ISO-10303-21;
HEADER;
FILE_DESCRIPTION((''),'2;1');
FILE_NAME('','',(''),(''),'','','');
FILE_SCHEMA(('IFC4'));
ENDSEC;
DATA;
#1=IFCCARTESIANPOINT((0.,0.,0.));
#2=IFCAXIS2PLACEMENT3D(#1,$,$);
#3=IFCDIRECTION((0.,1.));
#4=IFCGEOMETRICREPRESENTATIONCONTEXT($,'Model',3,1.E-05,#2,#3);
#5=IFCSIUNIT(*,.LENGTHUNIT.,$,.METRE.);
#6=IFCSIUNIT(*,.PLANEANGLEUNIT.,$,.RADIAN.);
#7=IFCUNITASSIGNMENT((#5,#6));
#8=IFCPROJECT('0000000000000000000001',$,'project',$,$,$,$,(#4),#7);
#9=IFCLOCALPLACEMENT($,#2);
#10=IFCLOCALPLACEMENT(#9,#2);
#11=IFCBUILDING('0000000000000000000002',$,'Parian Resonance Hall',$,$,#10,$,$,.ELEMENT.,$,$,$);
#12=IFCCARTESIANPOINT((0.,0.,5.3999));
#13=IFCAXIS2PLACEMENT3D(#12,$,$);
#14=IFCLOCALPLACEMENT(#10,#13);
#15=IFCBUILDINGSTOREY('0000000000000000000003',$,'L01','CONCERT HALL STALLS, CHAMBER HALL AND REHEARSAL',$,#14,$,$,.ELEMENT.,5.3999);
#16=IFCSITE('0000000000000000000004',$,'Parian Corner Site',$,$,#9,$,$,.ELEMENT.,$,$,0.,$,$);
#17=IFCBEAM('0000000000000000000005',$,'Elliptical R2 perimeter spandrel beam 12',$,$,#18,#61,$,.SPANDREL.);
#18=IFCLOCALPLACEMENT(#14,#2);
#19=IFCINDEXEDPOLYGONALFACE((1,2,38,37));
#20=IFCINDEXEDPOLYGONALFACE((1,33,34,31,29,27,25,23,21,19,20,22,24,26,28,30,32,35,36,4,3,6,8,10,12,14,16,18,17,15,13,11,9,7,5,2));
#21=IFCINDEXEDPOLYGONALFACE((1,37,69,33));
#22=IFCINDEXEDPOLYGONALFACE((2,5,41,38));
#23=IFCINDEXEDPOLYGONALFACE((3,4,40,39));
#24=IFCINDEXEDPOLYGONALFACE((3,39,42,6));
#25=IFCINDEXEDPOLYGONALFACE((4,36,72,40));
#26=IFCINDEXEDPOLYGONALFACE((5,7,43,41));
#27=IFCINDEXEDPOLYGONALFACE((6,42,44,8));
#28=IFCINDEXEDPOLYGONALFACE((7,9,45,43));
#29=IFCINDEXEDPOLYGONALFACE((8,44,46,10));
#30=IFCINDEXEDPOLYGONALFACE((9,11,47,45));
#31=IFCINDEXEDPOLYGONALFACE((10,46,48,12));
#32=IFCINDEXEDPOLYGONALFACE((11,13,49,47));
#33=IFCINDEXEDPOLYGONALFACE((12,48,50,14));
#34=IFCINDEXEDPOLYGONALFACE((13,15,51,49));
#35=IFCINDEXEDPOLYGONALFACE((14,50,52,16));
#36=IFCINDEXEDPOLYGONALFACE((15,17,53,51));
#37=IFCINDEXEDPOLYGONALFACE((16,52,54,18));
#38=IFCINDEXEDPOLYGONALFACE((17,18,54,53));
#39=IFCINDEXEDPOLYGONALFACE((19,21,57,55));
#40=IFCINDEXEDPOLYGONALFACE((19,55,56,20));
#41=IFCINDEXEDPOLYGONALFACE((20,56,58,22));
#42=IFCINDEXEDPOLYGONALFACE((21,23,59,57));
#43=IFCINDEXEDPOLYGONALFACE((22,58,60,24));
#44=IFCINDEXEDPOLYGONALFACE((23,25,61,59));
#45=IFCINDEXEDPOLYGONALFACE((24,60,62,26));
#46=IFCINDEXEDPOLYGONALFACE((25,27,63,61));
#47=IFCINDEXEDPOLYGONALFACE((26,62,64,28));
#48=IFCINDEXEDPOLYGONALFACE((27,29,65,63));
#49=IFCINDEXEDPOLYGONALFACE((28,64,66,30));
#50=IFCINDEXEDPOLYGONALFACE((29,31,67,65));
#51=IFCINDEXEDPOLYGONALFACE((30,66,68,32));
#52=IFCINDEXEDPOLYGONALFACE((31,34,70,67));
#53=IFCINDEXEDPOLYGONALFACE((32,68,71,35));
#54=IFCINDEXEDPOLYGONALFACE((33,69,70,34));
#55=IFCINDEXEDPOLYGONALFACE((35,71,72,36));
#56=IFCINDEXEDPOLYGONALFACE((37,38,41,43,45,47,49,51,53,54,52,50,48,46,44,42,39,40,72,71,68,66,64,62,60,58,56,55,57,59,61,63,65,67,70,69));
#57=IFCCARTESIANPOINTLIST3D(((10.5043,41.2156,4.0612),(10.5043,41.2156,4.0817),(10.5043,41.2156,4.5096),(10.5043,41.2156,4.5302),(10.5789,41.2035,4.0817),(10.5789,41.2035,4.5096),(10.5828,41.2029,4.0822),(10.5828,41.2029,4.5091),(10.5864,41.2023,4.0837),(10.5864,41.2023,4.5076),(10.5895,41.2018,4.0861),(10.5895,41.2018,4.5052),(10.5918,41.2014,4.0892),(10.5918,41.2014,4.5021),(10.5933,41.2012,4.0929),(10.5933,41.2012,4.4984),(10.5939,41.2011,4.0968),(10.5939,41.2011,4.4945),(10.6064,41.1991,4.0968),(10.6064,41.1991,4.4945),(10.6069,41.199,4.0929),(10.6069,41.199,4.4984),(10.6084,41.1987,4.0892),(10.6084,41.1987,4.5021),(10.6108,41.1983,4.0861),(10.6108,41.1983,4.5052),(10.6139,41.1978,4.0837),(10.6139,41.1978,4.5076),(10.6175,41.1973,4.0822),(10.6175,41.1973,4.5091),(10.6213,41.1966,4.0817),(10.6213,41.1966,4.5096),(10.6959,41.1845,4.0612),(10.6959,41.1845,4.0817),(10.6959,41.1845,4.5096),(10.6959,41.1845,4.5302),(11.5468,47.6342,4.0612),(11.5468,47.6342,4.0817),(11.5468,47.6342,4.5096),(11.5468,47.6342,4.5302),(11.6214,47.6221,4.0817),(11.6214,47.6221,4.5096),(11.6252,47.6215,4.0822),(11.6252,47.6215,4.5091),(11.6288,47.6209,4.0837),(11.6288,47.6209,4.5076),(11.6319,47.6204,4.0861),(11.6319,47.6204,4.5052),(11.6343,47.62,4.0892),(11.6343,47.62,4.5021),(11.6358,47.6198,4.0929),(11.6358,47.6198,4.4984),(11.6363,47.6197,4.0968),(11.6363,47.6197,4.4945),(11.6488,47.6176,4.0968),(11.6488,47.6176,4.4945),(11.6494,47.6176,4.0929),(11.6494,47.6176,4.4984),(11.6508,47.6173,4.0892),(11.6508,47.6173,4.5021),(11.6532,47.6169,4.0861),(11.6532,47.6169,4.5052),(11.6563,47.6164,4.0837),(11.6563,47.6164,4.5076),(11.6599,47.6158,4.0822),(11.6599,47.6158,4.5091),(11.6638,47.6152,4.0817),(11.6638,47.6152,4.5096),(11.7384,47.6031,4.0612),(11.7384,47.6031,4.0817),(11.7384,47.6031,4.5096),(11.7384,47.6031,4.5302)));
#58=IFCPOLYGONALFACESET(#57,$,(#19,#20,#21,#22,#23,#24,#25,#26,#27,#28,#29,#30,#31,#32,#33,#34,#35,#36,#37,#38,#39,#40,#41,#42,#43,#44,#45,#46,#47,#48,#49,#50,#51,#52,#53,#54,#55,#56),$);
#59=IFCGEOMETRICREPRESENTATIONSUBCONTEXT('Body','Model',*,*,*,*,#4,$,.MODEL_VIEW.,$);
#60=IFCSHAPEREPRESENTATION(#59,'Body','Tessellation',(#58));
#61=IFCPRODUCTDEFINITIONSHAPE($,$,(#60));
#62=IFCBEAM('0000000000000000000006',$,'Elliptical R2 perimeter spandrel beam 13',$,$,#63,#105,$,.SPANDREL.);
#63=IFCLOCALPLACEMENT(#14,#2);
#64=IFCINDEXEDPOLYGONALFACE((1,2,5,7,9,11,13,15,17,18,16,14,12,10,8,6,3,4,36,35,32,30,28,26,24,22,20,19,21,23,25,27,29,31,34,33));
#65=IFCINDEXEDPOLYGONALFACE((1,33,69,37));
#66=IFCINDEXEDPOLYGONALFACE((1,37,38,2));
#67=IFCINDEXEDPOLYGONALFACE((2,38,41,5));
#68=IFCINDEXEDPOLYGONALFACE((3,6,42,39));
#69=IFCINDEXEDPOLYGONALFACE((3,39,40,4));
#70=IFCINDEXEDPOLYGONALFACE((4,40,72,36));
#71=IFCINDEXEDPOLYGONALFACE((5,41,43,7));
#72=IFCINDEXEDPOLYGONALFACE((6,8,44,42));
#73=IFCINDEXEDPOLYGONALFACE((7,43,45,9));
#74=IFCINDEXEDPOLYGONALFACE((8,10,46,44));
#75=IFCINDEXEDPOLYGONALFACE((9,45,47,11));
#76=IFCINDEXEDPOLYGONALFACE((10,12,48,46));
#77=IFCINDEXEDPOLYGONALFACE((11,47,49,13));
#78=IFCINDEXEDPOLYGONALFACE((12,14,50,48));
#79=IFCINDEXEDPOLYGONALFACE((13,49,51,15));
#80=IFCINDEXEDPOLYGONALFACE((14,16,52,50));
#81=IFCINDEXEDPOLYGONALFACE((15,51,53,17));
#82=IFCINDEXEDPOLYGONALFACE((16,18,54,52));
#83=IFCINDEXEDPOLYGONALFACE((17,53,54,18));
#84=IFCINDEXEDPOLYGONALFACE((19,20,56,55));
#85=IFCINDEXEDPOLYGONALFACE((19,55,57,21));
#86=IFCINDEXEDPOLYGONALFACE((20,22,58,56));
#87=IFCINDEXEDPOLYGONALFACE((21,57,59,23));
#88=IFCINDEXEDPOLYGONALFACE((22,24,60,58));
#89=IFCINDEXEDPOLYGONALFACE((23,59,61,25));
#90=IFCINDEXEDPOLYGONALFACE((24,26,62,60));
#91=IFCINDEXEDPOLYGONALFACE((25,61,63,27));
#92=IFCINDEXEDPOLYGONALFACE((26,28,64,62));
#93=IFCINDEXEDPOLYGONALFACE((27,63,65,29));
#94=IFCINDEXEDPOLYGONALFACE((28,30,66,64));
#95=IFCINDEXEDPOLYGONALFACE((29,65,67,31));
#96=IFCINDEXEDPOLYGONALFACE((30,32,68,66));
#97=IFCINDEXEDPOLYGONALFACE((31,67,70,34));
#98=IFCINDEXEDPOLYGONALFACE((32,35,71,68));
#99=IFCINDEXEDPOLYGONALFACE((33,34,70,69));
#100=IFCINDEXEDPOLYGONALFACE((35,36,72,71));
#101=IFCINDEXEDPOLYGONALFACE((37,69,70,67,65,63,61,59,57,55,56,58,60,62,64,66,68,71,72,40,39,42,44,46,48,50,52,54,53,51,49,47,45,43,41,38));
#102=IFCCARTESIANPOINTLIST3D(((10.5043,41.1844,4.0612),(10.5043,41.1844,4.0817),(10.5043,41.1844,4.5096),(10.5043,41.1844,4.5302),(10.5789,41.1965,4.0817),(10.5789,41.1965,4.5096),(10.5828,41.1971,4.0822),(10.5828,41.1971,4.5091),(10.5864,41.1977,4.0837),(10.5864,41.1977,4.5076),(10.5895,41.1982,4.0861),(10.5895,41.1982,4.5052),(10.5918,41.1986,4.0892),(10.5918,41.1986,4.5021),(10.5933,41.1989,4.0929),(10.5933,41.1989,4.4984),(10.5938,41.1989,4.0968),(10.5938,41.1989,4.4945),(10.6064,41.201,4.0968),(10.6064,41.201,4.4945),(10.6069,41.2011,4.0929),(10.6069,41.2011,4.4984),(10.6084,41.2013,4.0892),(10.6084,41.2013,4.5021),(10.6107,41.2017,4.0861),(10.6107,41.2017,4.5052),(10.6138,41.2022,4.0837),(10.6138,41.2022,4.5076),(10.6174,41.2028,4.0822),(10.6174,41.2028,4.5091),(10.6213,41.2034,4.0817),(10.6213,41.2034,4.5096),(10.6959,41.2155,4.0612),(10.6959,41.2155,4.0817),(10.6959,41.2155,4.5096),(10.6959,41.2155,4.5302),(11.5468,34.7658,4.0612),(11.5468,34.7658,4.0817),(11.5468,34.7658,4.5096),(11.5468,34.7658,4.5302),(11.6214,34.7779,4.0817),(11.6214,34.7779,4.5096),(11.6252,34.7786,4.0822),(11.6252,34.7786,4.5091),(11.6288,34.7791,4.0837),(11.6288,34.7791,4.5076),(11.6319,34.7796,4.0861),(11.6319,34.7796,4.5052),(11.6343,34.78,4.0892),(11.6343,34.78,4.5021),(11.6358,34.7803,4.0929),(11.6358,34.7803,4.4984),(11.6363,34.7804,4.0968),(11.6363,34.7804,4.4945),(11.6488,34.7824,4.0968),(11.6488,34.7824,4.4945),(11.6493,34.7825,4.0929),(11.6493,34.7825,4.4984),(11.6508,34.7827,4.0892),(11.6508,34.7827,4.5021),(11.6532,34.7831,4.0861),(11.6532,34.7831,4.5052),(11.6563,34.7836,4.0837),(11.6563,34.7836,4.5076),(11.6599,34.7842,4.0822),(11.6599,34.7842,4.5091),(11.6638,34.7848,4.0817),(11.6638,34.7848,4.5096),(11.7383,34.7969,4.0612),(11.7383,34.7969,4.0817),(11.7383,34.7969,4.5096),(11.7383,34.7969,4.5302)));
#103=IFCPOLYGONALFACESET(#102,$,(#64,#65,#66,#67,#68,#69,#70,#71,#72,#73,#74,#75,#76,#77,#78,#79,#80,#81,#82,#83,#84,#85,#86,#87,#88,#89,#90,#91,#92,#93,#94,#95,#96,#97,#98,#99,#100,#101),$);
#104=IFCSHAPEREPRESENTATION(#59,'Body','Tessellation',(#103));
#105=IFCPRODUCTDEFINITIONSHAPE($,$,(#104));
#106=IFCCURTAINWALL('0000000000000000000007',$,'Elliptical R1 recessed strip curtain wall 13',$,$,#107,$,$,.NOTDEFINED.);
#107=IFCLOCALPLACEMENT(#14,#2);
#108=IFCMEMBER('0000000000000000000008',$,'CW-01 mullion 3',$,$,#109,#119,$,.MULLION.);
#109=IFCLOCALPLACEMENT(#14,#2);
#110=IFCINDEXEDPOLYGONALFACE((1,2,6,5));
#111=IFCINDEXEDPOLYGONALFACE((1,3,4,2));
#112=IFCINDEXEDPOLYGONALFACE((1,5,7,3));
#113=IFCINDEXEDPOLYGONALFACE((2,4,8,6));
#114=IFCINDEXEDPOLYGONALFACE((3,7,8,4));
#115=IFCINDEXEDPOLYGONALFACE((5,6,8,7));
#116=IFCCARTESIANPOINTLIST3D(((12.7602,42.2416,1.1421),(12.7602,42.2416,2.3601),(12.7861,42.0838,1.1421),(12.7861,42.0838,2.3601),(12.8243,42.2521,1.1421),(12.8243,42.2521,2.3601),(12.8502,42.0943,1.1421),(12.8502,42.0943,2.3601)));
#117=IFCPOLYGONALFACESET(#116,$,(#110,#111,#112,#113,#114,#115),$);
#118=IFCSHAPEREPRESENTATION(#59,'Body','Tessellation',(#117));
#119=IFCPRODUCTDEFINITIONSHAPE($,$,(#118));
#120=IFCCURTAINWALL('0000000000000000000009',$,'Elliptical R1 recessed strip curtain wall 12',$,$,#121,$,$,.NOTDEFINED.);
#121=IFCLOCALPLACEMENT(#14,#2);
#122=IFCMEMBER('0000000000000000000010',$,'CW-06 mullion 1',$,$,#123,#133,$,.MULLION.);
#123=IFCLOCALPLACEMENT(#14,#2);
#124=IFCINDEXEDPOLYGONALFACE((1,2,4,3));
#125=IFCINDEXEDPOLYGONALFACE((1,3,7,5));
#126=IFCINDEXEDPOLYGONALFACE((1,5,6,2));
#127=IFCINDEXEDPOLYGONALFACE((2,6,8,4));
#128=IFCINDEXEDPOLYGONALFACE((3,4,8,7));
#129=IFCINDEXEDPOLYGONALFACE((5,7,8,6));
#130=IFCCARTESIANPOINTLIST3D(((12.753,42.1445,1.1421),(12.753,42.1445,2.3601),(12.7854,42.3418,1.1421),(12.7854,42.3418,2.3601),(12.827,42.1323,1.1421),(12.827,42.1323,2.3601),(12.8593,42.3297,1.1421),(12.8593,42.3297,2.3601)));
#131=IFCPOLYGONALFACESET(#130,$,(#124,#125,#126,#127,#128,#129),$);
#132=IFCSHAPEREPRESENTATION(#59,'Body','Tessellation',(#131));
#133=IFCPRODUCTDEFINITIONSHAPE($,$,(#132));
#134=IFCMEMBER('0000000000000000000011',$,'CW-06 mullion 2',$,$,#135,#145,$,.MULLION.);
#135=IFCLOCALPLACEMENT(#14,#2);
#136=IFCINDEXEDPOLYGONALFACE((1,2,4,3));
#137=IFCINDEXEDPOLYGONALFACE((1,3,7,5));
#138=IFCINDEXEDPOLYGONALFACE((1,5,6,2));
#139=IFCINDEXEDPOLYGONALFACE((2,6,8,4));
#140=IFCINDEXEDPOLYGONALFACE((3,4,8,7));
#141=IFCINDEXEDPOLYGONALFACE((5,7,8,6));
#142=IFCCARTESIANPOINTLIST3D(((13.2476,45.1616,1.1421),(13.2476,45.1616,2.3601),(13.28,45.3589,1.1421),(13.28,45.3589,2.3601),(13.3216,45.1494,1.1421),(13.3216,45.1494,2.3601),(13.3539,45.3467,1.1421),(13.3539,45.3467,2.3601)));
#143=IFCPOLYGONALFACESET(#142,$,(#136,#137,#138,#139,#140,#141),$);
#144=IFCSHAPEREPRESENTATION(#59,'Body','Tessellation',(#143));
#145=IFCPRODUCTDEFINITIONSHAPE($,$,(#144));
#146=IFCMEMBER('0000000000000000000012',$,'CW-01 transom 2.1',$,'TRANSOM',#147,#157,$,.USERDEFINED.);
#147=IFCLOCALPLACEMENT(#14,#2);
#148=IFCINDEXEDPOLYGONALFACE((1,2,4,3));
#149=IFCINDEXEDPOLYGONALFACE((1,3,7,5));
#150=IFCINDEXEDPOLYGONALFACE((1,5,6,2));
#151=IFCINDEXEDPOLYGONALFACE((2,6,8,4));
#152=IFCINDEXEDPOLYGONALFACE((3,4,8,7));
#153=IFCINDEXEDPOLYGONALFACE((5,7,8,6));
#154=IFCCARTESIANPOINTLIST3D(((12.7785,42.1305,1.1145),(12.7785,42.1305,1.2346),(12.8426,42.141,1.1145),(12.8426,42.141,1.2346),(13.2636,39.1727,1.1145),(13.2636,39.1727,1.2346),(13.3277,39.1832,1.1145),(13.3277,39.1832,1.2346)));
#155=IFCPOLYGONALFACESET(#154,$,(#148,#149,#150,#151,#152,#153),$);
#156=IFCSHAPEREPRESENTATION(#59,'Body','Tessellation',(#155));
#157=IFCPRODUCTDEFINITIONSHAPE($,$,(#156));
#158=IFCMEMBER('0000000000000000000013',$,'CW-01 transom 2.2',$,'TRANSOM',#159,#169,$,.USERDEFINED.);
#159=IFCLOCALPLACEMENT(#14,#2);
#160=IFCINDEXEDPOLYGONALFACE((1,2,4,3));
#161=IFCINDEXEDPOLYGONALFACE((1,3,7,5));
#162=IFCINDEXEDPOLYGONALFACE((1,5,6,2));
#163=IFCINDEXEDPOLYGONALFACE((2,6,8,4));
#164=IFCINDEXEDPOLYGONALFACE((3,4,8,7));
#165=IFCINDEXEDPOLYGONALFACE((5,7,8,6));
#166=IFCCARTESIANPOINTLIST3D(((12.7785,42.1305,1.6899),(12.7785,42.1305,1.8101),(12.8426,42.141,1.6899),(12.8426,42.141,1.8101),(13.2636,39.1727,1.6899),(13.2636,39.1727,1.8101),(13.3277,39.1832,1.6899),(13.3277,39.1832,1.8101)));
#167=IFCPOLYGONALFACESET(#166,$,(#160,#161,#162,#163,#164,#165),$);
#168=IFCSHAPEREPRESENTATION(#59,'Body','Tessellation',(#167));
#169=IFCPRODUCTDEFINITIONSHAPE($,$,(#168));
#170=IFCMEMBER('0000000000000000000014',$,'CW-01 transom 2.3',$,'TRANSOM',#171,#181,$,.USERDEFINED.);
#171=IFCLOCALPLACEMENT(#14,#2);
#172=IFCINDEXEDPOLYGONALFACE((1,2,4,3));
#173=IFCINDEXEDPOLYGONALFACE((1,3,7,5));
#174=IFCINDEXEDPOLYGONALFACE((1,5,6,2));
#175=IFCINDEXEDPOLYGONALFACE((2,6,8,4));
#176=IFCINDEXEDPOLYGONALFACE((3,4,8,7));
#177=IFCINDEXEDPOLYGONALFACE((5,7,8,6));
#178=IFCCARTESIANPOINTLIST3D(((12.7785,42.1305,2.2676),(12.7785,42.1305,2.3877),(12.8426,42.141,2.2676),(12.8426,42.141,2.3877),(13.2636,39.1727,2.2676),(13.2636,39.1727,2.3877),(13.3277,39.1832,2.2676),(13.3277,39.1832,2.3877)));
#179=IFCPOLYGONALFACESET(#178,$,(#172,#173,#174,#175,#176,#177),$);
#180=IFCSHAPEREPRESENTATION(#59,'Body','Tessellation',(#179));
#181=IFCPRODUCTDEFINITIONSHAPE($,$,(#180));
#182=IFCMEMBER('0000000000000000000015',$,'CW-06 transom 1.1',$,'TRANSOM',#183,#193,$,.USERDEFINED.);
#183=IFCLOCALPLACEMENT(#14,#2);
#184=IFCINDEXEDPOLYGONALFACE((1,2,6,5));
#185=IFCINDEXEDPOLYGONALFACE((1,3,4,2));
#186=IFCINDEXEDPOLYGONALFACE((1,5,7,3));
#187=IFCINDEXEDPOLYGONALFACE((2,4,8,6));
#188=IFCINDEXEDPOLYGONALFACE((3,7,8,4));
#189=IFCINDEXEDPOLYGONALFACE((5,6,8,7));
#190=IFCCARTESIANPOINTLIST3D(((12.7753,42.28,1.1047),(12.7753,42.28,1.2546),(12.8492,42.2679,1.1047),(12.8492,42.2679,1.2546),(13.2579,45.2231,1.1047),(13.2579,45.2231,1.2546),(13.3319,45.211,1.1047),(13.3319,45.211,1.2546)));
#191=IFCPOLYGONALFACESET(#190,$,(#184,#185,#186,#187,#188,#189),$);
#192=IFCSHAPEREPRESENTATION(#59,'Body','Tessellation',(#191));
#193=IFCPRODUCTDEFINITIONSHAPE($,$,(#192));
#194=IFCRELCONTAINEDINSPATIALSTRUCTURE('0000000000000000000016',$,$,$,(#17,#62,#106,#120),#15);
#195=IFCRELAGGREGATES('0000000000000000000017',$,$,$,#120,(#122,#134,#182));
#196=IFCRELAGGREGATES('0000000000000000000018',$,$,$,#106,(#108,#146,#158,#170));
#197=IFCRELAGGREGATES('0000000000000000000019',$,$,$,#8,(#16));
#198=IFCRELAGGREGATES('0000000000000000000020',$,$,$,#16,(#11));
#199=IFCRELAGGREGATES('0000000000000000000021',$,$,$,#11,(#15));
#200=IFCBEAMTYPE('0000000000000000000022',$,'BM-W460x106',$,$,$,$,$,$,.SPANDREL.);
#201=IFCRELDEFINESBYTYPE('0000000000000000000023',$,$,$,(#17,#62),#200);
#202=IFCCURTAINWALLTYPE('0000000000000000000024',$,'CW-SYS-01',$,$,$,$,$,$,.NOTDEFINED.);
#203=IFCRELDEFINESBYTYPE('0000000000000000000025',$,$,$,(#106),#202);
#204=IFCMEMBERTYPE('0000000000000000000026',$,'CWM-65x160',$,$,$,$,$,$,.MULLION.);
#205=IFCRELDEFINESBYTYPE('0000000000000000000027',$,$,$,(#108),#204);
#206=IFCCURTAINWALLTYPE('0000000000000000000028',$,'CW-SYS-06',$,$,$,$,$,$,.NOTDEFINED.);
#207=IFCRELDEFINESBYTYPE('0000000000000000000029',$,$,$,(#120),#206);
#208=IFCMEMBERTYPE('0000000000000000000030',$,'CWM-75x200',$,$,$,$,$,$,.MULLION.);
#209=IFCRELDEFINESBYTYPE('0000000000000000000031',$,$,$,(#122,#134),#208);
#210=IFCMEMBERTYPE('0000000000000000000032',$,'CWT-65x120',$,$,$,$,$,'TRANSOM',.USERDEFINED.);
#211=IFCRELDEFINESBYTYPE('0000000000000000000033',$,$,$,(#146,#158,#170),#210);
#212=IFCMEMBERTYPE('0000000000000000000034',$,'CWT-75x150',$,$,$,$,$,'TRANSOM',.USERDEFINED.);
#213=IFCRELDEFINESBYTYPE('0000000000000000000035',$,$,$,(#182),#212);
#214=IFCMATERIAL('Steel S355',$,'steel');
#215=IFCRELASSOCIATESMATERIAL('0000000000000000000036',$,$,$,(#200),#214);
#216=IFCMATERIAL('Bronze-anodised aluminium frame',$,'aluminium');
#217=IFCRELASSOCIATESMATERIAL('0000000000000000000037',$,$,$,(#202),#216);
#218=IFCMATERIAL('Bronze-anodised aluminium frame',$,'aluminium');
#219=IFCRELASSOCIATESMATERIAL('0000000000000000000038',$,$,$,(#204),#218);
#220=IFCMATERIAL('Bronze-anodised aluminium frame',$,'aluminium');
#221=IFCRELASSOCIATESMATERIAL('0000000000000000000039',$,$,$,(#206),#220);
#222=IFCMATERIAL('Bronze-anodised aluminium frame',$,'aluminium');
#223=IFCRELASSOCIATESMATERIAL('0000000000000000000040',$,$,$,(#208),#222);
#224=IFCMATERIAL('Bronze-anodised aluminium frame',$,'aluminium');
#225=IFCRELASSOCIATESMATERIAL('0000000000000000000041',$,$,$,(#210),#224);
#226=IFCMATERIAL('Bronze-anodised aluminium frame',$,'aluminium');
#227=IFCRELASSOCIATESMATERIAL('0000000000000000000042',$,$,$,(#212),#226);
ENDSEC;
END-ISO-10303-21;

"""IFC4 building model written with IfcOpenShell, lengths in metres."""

from ifc_helpers import new_model, si_unit, direction, frame, origin, origin_2d, place, context, subcontext, project, spatial, rectangle, i_section, extrude, material, material_profile, profile_set, type_object, element, aggregate, save


model = new_model("IFC4")

# Units and contexts
model_context = context("Model", 3, precision=1e-05, world=origin(), true_north=direction((0.0, 1.0)))
body_context = subcontext(model_context, "Body", "Model", "MODEL_VIEW")
ifc_project = project(units=[si_unit("LENGTHUNIT", "METRE"), si_unit("PLANEANGLEUNIT", "RADIAN")], contexts=[model_context])

# Site, building, storey
site_placement = place(None, origin())
site = spatial("IfcSite", under=ifc_project, at=site_placement, Name="Parian Corner Site", CompositionType="ELEMENT", RefElevation=0.0)
building_placement = place(site_placement, origin())
building = spatial("IfcBuilding", under=site, at=building_placement, Name="Parian Resonance Hall", CompositionType="ELEMENT")
storey_placement = place(building_placement, frame((0.0, 0.0, 5.3999)))
storey = spatial("IfcBuildingStorey", under=building, at=storey_placement, Name="L01", Description="CONCERT HALL STALLS, CHAMBER HALL AND REHEARSAL", CompositionType="ELEMENT", Elevation=5.3999)

# Beams
ifc_material_1 = material(Name="Steel S355", Category="steel")
ifc_material_profile_1 = material_profile(ifc_material_1, i_section(OverallWidth=0.1941, OverallDepth=0.469, WebThickness=0.0127, FlangeThickness=0.0205, FilletRadius=0.0151, at=origin_2d()), Name="W460x106")
ifc_profile_set_1 = profile_set([ifc_material_profile_1], Name="Steel S355")
beam_type = type_object("IfcBeamType", Name="BM-W460x106", PredefinedType="SPANDREL", material=ifc_profile_set_1)
for number, where, z_axis, x_axis, name in (
    (1, (11.6426, 47.6187, 4.2957), (-0.160312, -0.987066, 0.0), (0.987066, -0.160312, 0.0), "Elliptical R2 perimeter spandrel beam 12"),
    (2, (10.6001, 41.2, 4.2957), (0.160312, -0.987066, 0.0), (0.987066, 0.160312, 0.0), "Elliptical R2 perimeter spandrel beam 13"),
):
    element("IfcBeam", number, at=place(storey_placement, frame(where, z_axis=z_axis, x_axis=x_axis)), inside=storey, type_object=beam_type, Name=name, PredefinedType="SPANDREL", context=body_context, shape_type="SweptSolid", body=[
        extrude(i_section(OverallWidth=0.1941, OverallDepth=0.469, WebThickness=0.0127, FlangeThickness=0.0205, FilletRadius=0.0151, at=origin_2d()), origin(), (0.0, 0.0, 1.0), 6.5027),
    ])

# Curtain wall, member
ifc_material_2 = material(Name="Bronze-anodised aluminium frame", Category="aluminium")
curtain_wall_type_1 = type_object("IfcCurtainWallType", Name="CW-SYS-01", PredefinedType="NOTDEFINED", material=ifc_material_2)
curtain_wall_1_placement = place(storey_placement, origin())
curtain_wall_1 = element("IfcCurtainWall", 3, at=curtain_wall_1_placement, inside=storey, type_object=curtain_wall_type_1, Name="Elliptical R1 recessed strip curtain wall 13", PredefinedType="NOTDEFINED")
ifc_material_3 = material(Name="Bronze-anodised aluminium frame", Category="aluminium")
ifc_material_profile_2 = material_profile(ifc_material_3, rectangle(XDim=0.0649, YDim=0.1599, at=origin_2d()), Name="CWM-65x160")
ifc_profile_set_2 = profile_set([ifc_material_profile_2], Name="Bronze-anodised aluminium frame")
member_type_1 = type_object("IfcMemberType", Name="CWM-65x160", PredefinedType="MULLION", material=ifc_profile_set_2)
member_1_placement = place(storey_placement, frame((12.8052, 42.168, 1.1421), z_axis=(0.0, 0.0, 1.0), x_axis=(-0.986815, -0.161849, 0.0)))
member_1 = element("IfcMember", 4, at=member_1_placement, type_object=member_type_1, Name="CW-01 mullion 3", PredefinedType="MULLION", context=body_context, shape_type="SweptSolid", body=[
    extrude(rectangle(XDim=0.0649, YDim=0.1599, at=origin_2d()), origin(), (0.0, 0.0, 1.0), 1.218),
])

# Curtain wall, members
ifc_material_4 = material(Name="Bronze-anodised aluminium frame", Category="aluminium")
curtain_wall_type_2 = type_object("IfcCurtainWallType", Name="CW-SYS-06", PredefinedType="NOTDEFINED", material=ifc_material_4)
curtain_wall_2_placement = place(storey_placement, origin())
curtain_wall_2 = element("IfcCurtainWall", 5, at=curtain_wall_2_placement, inside=storey, type_object=curtain_wall_type_2, Name="Elliptical R1 recessed strip curtain wall 12", PredefinedType="NOTDEFINED")
ifc_material_5 = material(Name="Bronze-anodised aluminium frame", Category="aluminium")
ifc_material_profile_3 = material_profile(ifc_material_5, rectangle(XDim=0.075, YDim=0.2, at=origin_2d()), Name="CWM-75x200")
ifc_profile_set_3 = profile_set([ifc_material_profile_3], Name="Bronze-anodised aluminium frame")
member_type_2 = type_object("IfcMemberType", Name="CWM-75x200", PredefinedType="MULLION", material=ifc_profile_set_3)
member_2_placement = place(storey_placement, frame((12.8062, 42.2371, 1.1421), z_axis=(0.0, 0.0, 1.0), x_axis=(-0.986815, 0.161849, 0.0)))
member_2 = element("IfcMember", 6, at=member_2_placement, type_object=member_type_2, Name="CW-06 mullion 1", PredefinedType="MULLION", context=body_context, shape_type="SweptSolid", body=[
    extrude(rectangle(XDim=0.075, YDim=0.2, at=origin_2d()), origin(), (0.0, 0.0, 1.0), 1.218),
])
member_3_placement = place(storey_placement, frame((13.3008, 45.2542, 1.1421), z_axis=(0.0, 0.0, 1.0), x_axis=(-0.986815, 0.161849, 0.0)))
member_3 = element("IfcMember", 7, at=member_3_placement, type_object=member_type_2, Name="CW-06 mullion 2", PredefinedType="MULLION", context=body_context, shape_type="SweptSolid", body=[
    extrude(rectangle(XDim=0.075, YDim=0.2, at=origin_2d()), origin(), (0.0, 0.0, 1.0), 1.218),
])

# Members
ifc_material_6 = material(Name="Bronze-anodised aluminium frame", Category="aluminium")
ifc_material_profile_4 = material_profile(ifc_material_6, rectangle(XDim=0.0649, YDim=0.1201, at=origin_2d()), Name="CWT-65x120")
ifc_profile_set_4 = profile_set([ifc_material_profile_4], Name="Bronze-anodised aluminium frame")
member_type_3 = type_object("IfcMemberType", Name="CWT-65x120", ElementType="TRANSOM", PredefinedType="USERDEFINED", material=ifc_profile_set_4)
member_4_placement = place(storey_placement, frame((13.2957, 39.178, 1.1746), z_axis=(-0.161849, 0.986816, 0.0), x_axis=(-0.986816, -0.161849, 0.0)))
member_4 = element("IfcMember", 8, at=member_4_placement, type_object=member_type_3, Name="CW-01 transom 2.1", ObjectType="TRANSOM", PredefinedType="USERDEFINED", context=body_context, shape_type="SweptSolid", body=[
    extrude(rectangle(XDim=0.0649, YDim=0.1201, at=origin_2d()), origin(), (0.0, 0.0, 1.0), 2.9973),
])
member_5_placement = place(storey_placement, frame((13.2957, 39.178, 1.75), z_axis=(-0.161849, 0.986816, 0.0), x_axis=(-0.986816, -0.161849, 0.0)))
member_5 = element("IfcMember", 9, at=member_5_placement, type_object=member_type_3, Name="CW-01 transom 2.2", ObjectType="TRANSOM", PredefinedType="USERDEFINED", context=body_context, shape_type="SweptSolid", body=[
    extrude(rectangle(XDim=0.0649, YDim=0.1201, at=origin_2d()), origin(), (0.0, 0.0, 1.0), 2.9973),
])
member_6_placement = place(storey_placement, frame((13.2957, 39.178, 2.3276), z_axis=(-0.161849, 0.986816, 0.0), x_axis=(-0.986816, -0.161849, 0.0)))
member_6 = element("IfcMember", 10, at=member_6_placement, type_object=member_type_3, Name="CW-01 transom 2.3", ObjectType="TRANSOM", PredefinedType="USERDEFINED", context=body_context, shape_type="SweptSolid", body=[
    extrude(rectangle(XDim=0.0649, YDim=0.1201, at=origin_2d()), origin(), (0.0, 0.0, 1.0), 2.9973),
])
ifc_material_7 = material(Name="Bronze-anodised aluminium frame", Category="aluminium")
ifc_material_profile_5 = material_profile(ifc_material_7, rectangle(XDim=0.075, YDim=0.1499, at=origin_2d()), Name="CWT-75x150")
ifc_profile_set_5 = profile_set([ifc_material_profile_5], Name="Bronze-anodised aluminium frame")
member_type_4 = type_object("IfcMemberType", Name="CWT-75x150", ElementType="TRANSOM", PredefinedType="USERDEFINED", material=ifc_profile_set_5)
member_7_placement = place(storey_placement, frame((12.8123, 42.2739, 1.1797), z_axis=(0.161836, 0.986818, 0.0), x_axis=(-0.986818, 0.161836, 0.0)))
member_7 = element("IfcMember", 11, at=member_7_placement, type_object=member_type_4, Name="CW-06 transom 1.1", ObjectType="TRANSOM", PredefinedType="USERDEFINED", context=body_context, shape_type="SweptSolid", body=[
    extrude(rectangle(XDim=0.075, YDim=0.1499, at=origin_2d()), origin(), (0.0, 0.0, 1.0), 2.9824),
])

aggregate(curtain_wall_2, [member_2, member_3, member_7])
aggregate(curtain_wall_1, [member_1, member_4, member_5, member_6])

save(model, "model.ifc")
